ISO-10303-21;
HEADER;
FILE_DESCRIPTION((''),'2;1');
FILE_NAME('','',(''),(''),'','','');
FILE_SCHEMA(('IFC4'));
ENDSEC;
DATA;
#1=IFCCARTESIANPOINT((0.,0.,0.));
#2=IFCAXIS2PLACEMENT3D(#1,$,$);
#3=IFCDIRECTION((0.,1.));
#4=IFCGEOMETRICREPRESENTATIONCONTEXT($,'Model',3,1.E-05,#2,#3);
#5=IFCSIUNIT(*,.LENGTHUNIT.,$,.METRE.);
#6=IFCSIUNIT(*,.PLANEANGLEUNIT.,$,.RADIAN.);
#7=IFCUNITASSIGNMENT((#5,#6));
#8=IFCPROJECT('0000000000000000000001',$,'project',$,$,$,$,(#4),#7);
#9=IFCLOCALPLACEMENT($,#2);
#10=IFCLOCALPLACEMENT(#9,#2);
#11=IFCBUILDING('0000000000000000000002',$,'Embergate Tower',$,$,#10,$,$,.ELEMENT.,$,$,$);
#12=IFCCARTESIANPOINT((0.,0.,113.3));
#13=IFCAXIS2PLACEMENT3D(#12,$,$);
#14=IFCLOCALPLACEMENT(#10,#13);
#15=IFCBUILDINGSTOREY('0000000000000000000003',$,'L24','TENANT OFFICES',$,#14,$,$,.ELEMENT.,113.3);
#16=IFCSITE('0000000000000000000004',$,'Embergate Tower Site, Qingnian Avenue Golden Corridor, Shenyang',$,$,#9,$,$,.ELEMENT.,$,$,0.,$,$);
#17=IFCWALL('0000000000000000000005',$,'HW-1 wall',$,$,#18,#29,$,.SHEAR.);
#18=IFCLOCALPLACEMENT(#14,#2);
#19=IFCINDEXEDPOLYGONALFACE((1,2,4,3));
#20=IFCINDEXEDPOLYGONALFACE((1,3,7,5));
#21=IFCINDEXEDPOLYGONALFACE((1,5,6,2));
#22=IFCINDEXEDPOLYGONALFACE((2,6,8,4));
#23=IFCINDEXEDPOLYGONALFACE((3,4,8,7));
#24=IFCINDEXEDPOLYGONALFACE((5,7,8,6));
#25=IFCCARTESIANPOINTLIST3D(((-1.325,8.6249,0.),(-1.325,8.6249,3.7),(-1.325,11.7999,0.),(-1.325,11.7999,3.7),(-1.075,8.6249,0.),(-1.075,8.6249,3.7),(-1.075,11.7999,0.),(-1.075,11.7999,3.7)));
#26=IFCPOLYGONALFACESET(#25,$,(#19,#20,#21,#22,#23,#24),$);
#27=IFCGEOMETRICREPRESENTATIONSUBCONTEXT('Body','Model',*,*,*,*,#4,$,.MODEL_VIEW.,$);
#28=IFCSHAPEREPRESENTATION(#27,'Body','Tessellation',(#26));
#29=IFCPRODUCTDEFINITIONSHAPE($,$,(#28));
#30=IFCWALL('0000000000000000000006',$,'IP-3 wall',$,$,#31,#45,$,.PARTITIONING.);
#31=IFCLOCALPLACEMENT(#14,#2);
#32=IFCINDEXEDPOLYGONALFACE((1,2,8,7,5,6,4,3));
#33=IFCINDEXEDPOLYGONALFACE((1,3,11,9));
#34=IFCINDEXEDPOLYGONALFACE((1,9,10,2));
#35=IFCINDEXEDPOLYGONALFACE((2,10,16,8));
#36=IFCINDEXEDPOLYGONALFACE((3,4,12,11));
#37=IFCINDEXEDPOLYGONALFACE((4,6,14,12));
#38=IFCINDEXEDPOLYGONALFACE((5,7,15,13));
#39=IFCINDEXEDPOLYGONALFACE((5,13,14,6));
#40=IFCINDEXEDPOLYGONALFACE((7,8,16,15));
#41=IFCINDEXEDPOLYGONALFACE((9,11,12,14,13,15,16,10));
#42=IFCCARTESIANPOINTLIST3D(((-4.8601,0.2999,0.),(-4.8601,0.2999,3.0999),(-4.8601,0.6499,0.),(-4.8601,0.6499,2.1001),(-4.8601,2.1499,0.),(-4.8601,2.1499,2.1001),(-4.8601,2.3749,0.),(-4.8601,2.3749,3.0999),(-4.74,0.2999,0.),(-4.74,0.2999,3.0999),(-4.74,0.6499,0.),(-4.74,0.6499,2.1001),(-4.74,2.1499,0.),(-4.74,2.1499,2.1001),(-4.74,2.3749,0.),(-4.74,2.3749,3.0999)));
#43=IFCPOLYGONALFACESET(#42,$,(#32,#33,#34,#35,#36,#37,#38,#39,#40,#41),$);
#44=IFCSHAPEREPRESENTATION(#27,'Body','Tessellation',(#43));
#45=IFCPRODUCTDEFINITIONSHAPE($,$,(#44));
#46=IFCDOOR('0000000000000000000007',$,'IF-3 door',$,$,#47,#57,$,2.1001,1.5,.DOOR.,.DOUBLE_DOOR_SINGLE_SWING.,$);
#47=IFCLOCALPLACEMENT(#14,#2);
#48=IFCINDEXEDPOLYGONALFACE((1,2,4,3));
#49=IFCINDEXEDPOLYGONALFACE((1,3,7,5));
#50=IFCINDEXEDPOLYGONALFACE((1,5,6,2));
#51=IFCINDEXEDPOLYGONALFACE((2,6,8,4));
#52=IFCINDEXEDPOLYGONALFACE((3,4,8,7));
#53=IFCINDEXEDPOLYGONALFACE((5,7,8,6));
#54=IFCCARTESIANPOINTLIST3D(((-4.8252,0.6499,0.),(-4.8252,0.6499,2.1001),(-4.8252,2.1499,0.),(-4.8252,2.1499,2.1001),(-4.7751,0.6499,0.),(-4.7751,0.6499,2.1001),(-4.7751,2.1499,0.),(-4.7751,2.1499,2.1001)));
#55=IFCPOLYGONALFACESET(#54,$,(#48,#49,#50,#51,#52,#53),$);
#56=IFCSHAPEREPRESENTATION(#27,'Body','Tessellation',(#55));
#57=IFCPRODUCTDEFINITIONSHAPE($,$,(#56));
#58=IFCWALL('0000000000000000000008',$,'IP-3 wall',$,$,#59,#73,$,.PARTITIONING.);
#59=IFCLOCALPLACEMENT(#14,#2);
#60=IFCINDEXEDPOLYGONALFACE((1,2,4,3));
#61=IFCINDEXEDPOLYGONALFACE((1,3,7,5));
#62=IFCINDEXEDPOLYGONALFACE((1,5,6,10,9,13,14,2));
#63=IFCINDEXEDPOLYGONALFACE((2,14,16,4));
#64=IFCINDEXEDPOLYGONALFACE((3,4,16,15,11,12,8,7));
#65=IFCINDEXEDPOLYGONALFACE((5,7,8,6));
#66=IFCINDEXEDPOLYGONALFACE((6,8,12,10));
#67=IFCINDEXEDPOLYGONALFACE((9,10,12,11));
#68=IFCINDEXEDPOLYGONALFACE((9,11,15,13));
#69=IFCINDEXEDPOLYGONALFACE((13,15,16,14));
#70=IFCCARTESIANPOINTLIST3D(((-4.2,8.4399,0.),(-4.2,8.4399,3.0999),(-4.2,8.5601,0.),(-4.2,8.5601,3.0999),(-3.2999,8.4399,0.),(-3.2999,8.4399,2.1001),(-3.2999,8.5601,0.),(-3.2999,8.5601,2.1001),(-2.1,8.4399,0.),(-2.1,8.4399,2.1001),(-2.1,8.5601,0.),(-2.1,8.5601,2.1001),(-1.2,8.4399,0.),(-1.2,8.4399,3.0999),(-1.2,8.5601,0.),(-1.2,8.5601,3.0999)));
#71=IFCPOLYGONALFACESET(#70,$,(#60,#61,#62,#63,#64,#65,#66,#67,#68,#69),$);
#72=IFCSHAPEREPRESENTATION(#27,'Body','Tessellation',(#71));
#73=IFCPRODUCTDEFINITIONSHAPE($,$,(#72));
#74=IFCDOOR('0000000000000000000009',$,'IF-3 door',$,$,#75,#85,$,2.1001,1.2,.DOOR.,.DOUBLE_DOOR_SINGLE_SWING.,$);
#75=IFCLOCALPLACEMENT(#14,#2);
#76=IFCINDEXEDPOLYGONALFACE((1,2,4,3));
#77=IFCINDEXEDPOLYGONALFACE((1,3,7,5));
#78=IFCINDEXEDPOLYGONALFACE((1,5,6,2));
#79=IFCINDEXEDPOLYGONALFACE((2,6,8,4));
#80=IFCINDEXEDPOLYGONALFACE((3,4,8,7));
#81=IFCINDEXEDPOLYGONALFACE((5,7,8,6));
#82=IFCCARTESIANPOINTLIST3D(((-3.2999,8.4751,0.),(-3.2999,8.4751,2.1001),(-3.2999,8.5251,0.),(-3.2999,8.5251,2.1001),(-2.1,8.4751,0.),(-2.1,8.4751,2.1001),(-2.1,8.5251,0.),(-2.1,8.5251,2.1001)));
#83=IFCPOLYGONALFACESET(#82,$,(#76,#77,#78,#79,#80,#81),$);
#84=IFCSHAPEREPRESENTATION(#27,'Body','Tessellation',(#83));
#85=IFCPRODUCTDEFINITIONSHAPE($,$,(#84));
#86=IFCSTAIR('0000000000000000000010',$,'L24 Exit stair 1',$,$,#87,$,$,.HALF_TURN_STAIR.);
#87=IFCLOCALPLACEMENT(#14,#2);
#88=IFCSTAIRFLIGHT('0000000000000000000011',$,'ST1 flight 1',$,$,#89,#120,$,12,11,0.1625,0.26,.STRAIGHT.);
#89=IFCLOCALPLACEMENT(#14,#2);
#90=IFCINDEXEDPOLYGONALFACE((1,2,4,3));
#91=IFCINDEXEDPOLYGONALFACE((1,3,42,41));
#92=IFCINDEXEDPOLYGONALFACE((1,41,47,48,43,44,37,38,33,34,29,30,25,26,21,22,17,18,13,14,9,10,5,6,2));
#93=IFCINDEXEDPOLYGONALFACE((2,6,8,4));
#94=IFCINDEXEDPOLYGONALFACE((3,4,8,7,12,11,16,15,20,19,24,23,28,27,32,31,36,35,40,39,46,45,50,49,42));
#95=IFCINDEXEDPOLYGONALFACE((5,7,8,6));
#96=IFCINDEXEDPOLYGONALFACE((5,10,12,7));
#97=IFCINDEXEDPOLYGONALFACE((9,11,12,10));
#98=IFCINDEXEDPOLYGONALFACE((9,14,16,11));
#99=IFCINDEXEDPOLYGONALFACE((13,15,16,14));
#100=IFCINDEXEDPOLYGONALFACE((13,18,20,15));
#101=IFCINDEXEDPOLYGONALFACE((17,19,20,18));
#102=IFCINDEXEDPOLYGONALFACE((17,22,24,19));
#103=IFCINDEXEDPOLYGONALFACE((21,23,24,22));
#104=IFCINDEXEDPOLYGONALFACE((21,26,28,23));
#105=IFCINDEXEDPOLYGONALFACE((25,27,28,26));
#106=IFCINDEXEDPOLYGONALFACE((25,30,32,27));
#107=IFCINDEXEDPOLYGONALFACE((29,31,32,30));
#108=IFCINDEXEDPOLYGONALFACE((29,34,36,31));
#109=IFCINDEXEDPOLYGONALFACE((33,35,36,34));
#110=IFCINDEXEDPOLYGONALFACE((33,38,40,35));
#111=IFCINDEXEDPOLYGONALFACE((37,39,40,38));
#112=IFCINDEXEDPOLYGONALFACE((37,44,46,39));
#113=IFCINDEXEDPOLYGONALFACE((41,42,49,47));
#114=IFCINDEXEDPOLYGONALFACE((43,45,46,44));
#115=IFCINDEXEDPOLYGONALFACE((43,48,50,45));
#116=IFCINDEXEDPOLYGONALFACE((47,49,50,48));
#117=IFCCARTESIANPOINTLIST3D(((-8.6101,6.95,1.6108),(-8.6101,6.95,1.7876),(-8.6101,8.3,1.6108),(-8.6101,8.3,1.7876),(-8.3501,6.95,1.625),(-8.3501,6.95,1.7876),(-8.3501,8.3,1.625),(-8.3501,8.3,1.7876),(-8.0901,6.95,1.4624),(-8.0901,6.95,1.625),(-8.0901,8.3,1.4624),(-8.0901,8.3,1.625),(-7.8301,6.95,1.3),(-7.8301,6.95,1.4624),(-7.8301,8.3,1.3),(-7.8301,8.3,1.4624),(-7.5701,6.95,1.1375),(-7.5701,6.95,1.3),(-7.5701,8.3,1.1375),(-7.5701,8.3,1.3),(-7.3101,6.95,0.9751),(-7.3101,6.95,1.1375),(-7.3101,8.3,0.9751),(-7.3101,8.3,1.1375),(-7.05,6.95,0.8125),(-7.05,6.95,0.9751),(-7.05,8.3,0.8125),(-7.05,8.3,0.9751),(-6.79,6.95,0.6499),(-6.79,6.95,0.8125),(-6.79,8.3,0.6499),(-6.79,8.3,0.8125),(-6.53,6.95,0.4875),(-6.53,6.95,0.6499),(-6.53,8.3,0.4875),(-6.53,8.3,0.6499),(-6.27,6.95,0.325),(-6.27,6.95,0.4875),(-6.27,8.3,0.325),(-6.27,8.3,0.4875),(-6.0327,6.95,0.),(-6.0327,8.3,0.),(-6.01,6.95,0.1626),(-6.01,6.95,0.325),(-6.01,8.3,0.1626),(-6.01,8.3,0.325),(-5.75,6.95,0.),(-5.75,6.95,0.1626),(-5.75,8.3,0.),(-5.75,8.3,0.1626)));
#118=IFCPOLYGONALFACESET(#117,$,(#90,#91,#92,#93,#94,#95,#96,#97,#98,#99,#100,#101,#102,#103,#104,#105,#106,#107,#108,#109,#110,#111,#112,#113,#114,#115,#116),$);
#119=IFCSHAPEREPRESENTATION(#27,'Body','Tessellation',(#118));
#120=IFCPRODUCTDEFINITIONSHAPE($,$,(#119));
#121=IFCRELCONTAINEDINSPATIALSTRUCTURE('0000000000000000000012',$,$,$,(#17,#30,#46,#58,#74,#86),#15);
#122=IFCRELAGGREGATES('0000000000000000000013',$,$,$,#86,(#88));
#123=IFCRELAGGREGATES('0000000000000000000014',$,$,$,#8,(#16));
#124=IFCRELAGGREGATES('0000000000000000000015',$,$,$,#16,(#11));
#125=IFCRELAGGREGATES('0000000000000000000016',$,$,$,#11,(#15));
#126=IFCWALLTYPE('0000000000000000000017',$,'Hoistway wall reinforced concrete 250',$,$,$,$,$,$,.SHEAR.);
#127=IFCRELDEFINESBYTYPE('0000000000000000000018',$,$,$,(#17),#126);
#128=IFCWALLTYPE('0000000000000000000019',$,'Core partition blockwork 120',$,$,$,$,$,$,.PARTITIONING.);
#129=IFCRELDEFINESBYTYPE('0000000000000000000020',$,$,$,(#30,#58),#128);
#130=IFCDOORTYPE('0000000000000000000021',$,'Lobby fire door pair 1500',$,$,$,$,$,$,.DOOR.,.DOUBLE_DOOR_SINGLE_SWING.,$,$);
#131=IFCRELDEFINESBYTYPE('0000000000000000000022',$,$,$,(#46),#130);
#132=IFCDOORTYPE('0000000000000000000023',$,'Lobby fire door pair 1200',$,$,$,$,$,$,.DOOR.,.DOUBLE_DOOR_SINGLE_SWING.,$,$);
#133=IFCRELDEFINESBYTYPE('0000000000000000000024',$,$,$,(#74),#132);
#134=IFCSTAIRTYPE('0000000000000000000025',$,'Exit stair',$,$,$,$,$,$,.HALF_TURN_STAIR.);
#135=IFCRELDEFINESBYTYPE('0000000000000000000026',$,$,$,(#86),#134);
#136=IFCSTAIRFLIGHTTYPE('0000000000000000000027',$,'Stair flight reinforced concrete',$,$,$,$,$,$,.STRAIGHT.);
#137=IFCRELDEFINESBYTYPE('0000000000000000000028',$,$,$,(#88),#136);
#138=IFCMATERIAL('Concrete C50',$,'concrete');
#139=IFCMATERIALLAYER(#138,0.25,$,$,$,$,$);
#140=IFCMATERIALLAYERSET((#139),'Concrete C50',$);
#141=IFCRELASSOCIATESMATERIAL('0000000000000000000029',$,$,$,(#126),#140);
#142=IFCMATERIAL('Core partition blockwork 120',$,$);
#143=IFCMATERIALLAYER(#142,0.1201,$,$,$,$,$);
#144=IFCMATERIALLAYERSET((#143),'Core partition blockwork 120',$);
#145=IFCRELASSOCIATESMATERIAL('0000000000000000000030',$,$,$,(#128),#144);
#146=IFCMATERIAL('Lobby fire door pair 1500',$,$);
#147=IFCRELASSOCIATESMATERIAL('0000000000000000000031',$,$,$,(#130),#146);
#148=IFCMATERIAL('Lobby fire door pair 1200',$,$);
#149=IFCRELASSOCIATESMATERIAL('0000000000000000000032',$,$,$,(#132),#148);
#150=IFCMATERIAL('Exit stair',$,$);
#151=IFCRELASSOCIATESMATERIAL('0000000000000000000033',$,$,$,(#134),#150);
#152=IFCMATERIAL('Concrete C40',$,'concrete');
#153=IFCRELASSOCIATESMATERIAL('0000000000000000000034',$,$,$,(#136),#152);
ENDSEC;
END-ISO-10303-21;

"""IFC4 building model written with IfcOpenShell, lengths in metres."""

from ifc_helpers import new_model, si_unit, direction, frame, frame_2d, origin, place, context, subcontext, project, spatial, polyline, rectangle, outline, extrude, source, transform, mapped, material, layer, layer_set, type_object, element, fill, aggregate, save


model = new_model("IFC4")

# Units and contexts
model_context = context("Model", 3, precision=1e-05, world=origin(), true_north=direction((0.0, 1.0)))
body_context = subcontext(model_context, "Body", "Model", "MODEL_VIEW")
ifc_project = project(units=[si_unit("LENGTHUNIT", "METRE"), si_unit("PLANEANGLEUNIT", "RADIAN")], contexts=[model_context])

# Site, building, storey
site_placement = place(None, origin())
site = spatial("IfcSite", under=ifc_project, at=site_placement, Name="Embergate Tower Site, Qingnian Avenue Golden Corridor, Shenyang", CompositionType="ELEMENT", RefElevation=0.0)
building_placement = place(site_placement, origin())
building = spatial("IfcBuilding", under=site, at=building_placement, Name="Embergate Tower", CompositionType="ELEMENT")
storey_placement = place(building_placement, frame((0.0, 0.0, 113.3)))
storey = spatial("IfcBuildingStorey", under=building, at=storey_placement, Name="L24", Description="TENANT OFFICES", CompositionType="ELEMENT", Elevation=113.3)

# Shared definitions
ifc_material_1 = material(Name="Concrete C50", Category="concrete")
ifc_layer_1 = layer(ifc_material_1, 0.25)
ifc_layer_set_1 = layer_set([ifc_layer_1], Name="Concrete C50")
wall_type_1 = type_object("IfcWallType", Name="Hoistway wall reinforced concrete 250", PredefinedType="SHEAR", material=ifc_layer_set_1)

# Shared definitions
shared_shape_1 = source(origin(), body_context, "Body", "SweptSolid", [
    extrude(rectangle(XDim=1.2, YDim=2.1001, at=frame_2d((0.6001, 1.05))), frame((0.0, 0.0249, 0.0), z_axis=(0.0, -1.0, 0.0), x_axis=(1.0, 0.0, 0.0)), (0.0, 0.0, 1.0), 0.05),
])

# Wall
shared_shape_2 = source(origin(), body_context, "Body", "SweptSolid", [
    extrude(rectangle(XDim=3.175, YDim=0.25, at=frame_2d((1.5874, 0.0))), origin(), (0.0, 0.0, 1.0), 3.7),
])
wall_1_placement = place(storey_placement, frame((-1.2, 8.625, 0.0), z_axis=(0.0, 0.0, 1.0), x_axis=(0.0, 1.0, 0.0)))
element("IfcWall", 1, at=wall_1_placement, inside=storey, type_object=wall_type_1, Name="HW-1 wall", PredefinedType="SHEAR", context=body_context, shape_type="MappedRepresentation", body=[
    mapped(shared_shape_2, transform((0.0, 0.0, 0.0))),
])

# Walls, openings, doors
ifc_material_2 = material(Name="Core partition blockwork 120")
ifc_layer_2 = layer(ifc_material_2, 0.1201)
ifc_layer_set_2 = layer_set([ifc_layer_2], Name="Core partition blockwork 120")
wall_type_2 = type_object("IfcWallType", Name="Core partition blockwork 120", PredefinedType="PARTITIONING", material=ifc_layer_set_2)
shared_shape_3 = source(origin(), body_context, "Body", "SweptSolid", [
    extrude(rectangle(XDim=2.075, YDim=0.1201, at=frame_2d((1.0376, 0.0))), origin(), (0.0, 0.0, 1.0), 3.0999),
])
wall_2_placement = place(storey_placement, frame((-4.8, 2.375, 0.0), z_axis=(0.0, 0.0, 1.0), x_axis=(0.0, -1.0, 0.0)))
wall_2 = element("IfcWall", 2, at=wall_2_placement, inside=storey, type_object=wall_type_2, Name="IP-3 wall", PredefinedType="PARTITIONING", context=body_context, shape_type="MappedRepresentation", body=[
    mapped(shared_shape_3, transform((0.0, 0.0, 0.0))),
])
shared_shape_4 = source(origin(), body_context, "Body", "SweptSolid", [
    extrude(rectangle(XDim=1.5, YDim=2.1001, at=frame_2d((0.75, 1.05))), frame((0.0, 0.0701, 0.0), z_axis=(0.0, -1.0, 0.0), x_axis=(1.0, 0.0, 0.0)), (0.0, 0.0, 1.0), 0.1401),
])
opening_1_placement = place(wall_2_placement, frame((0.2251, 0.0, 0.0)))
opening_1 = element("IfcOpeningElement", 3, at=opening_1_placement, cuts=wall_2, PredefinedType="OPENING", context=body_context, shape_type="MappedRepresentation", body=[
    mapped(shared_shape_4, transform((0.0, 0.0, 0.0))),
])
ifc_material_3 = material(Name="Lobby fire door pair 1500")
door_type_1 = type_object("IfcDoorType", Name="Lobby fire door pair 1500", OperationType="DOUBLE_DOOR_SINGLE_SWING", PredefinedType="DOOR", material=ifc_material_3)
shared_shape_5 = source(origin(), body_context, "Body", "SweptSolid", [
    extrude(rectangle(XDim=1.5, YDim=2.1001, at=frame_2d((0.75, 1.05))), frame((0.0, 0.0249, 0.0), z_axis=(0.0, -1.0, 0.0), x_axis=(1.0, 0.0, 0.0)), (0.0, 0.0, 1.0), 0.05),
])
door_1_placement = place(opening_1_placement, origin())
door_1 = element("IfcDoor", 4, at=door_1_placement, inside=storey, type_object=door_type_1, Name="IF-3 door", OperationType="DOUBLE_DOOR_SINGLE_SWING", OverallHeight=2.1001, OverallWidth=1.5, PredefinedType="DOOR", context=body_context, shape_type="MappedRepresentation", body=[
    mapped(shared_shape_5, transform((0.0, 0.0, 0.0))),
])
fill(opening_1, door_1)
shared_shape_6 = source(origin(), body_context, "Body", "SweptSolid", [
    extrude(rectangle(XDim=3.0, YDim=0.1201, at=frame_2d((1.5, 0.0))), origin(), (0.0, 0.0, 1.0), 3.0999),
])
wall_3_placement = place(storey_placement, frame((-1.2, 8.5, 0.0), z_axis=(0.0, 0.0, 1.0), x_axis=(-1.0, 0.0, 0.0)))
wall_3 = element("IfcWall", 5, at=wall_3_placement, inside=storey, type_object=wall_type_2, Name="IP-3 wall", PredefinedType="PARTITIONING", context=body_context, shape_type="MappedRepresentation", body=[
    mapped(shared_shape_6, transform((0.0, 0.0, 0.0))),
])
shared_shape_7 = source(origin(), body_context, "Body", "SweptSolid", [
    extrude(rectangle(XDim=1.2, YDim=2.1001, at=frame_2d((0.6001, 1.05))), frame((0.0, 0.0701, 0.0), z_axis=(0.0, -1.0, 0.0), x_axis=(1.0, 0.0, 0.0)), (0.0, 0.0, 1.0), 0.1401),
])
opening_2_placement = place(wall_3_placement, frame((0.8999, 0.0, 0.0)))
opening_2 = element("IfcOpeningElement", 6, at=opening_2_placement, cuts=wall_3, PredefinedType="OPENING", context=body_context, shape_type="MappedRepresentation", body=[
    mapped(shared_shape_7, transform((0.0, 0.0, 0.0))),
])
ifc_material_4 = material(Name="Lobby fire door pair 1200")
door_type_2 = type_object("IfcDoorType", Name="Lobby fire door pair 1200", OperationType="DOUBLE_DOOR_SINGLE_SWING", PredefinedType="DOOR", material=ifc_material_4)
door_2_placement = place(opening_2_placement, origin())
door_2 = element("IfcDoor", 7, at=door_2_placement, inside=storey, type_object=door_type_2, Name="IF-3 door", OperationType="DOUBLE_DOOR_SINGLE_SWING", OverallHeight=2.1001, OverallWidth=1.2, PredefinedType="DOOR", context=body_context, shape_type="MappedRepresentation", body=[
    mapped(shared_shape_1, transform((0.0, 0.0, 0.0))),
])
fill(opening_2, door_2)

# Stair, stair flight
ifc_material_5 = material(Name="Exit stair")
stair_type = type_object("IfcStairType", Name="Exit stair", PredefinedType="HALF_TURN_STAIR", material=ifc_material_5)
stair_placement = place(storey_placement, origin())
stair = element("IfcStair", 8, at=stair_placement, inside=storey, type_object=stair_type, Name="L24 Exit stair 1", PredefinedType="HALF_TURN_STAIR")
ifc_material_6 = material(Name="Concrete C40", Category="concrete")
stair_flight_type = type_object("IfcStairFlightType", Name="Stair flight reinforced concrete", PredefinedType="STRAIGHT", material=ifc_material_6)
shared_shape_8 = source(origin(), body_context, "Body", "SweptSolid", [
    extrude(outline(polyline([(0.0, 0.0), (0.0, 0.1626), (0.26, 0.1626), (0.26, 0.325), (0.52, 0.325), (0.52, 0.4875), (0.78, 0.4875), (0.78, 0.6499), (1.04, 0.6499), (1.04, 0.8125), (1.3, 0.8125), (1.3, 0.9751), (1.5601, 0.9751), (1.5601, 1.1375), (1.8201, 1.1375), (1.8201, 1.3), (2.0801, 1.3), (2.0801, 1.4624), (2.3401, 1.4624), (2.3401, 1.625), (2.6001, 1.625), (2.6001, 1.7876), (2.8601, 1.7876), (2.8601, 1.95), (2.8601, 1.6108), (0.2827, 0.0), (0.0, 0.0)])), frame((0.0, 0.675, 0.0), z_axis=(0.0, -1.0, 0.0), x_axis=(1.0, 0.0, 0.0)), (0.0, 0.0, 1.0), 1.3501),
])
stair_flight_placement = place(storey_placement, frame((-5.75, 7.625, 0.0), z_axis=(0.0, 0.0, 1.0), x_axis=(-1.0, 0.0, 0.0)))
stair_flight = element("IfcStairFlight", 9, at=stair_flight_placement, type_object=stair_flight_type, Name="ST1 flight 1", NumberOfRisers=12, NumberOfTreads=11, PredefinedType="STRAIGHT", RiserHeight=0.1625, TreadLength=0.26, context=body_context, shape_type="MappedRepresentation", body=[
    mapped(shared_shape_8, transform((0.0, 0.0, 0.0))),
])
aggregate(stair, [stair_flight])

save(model, "model.ifc")
